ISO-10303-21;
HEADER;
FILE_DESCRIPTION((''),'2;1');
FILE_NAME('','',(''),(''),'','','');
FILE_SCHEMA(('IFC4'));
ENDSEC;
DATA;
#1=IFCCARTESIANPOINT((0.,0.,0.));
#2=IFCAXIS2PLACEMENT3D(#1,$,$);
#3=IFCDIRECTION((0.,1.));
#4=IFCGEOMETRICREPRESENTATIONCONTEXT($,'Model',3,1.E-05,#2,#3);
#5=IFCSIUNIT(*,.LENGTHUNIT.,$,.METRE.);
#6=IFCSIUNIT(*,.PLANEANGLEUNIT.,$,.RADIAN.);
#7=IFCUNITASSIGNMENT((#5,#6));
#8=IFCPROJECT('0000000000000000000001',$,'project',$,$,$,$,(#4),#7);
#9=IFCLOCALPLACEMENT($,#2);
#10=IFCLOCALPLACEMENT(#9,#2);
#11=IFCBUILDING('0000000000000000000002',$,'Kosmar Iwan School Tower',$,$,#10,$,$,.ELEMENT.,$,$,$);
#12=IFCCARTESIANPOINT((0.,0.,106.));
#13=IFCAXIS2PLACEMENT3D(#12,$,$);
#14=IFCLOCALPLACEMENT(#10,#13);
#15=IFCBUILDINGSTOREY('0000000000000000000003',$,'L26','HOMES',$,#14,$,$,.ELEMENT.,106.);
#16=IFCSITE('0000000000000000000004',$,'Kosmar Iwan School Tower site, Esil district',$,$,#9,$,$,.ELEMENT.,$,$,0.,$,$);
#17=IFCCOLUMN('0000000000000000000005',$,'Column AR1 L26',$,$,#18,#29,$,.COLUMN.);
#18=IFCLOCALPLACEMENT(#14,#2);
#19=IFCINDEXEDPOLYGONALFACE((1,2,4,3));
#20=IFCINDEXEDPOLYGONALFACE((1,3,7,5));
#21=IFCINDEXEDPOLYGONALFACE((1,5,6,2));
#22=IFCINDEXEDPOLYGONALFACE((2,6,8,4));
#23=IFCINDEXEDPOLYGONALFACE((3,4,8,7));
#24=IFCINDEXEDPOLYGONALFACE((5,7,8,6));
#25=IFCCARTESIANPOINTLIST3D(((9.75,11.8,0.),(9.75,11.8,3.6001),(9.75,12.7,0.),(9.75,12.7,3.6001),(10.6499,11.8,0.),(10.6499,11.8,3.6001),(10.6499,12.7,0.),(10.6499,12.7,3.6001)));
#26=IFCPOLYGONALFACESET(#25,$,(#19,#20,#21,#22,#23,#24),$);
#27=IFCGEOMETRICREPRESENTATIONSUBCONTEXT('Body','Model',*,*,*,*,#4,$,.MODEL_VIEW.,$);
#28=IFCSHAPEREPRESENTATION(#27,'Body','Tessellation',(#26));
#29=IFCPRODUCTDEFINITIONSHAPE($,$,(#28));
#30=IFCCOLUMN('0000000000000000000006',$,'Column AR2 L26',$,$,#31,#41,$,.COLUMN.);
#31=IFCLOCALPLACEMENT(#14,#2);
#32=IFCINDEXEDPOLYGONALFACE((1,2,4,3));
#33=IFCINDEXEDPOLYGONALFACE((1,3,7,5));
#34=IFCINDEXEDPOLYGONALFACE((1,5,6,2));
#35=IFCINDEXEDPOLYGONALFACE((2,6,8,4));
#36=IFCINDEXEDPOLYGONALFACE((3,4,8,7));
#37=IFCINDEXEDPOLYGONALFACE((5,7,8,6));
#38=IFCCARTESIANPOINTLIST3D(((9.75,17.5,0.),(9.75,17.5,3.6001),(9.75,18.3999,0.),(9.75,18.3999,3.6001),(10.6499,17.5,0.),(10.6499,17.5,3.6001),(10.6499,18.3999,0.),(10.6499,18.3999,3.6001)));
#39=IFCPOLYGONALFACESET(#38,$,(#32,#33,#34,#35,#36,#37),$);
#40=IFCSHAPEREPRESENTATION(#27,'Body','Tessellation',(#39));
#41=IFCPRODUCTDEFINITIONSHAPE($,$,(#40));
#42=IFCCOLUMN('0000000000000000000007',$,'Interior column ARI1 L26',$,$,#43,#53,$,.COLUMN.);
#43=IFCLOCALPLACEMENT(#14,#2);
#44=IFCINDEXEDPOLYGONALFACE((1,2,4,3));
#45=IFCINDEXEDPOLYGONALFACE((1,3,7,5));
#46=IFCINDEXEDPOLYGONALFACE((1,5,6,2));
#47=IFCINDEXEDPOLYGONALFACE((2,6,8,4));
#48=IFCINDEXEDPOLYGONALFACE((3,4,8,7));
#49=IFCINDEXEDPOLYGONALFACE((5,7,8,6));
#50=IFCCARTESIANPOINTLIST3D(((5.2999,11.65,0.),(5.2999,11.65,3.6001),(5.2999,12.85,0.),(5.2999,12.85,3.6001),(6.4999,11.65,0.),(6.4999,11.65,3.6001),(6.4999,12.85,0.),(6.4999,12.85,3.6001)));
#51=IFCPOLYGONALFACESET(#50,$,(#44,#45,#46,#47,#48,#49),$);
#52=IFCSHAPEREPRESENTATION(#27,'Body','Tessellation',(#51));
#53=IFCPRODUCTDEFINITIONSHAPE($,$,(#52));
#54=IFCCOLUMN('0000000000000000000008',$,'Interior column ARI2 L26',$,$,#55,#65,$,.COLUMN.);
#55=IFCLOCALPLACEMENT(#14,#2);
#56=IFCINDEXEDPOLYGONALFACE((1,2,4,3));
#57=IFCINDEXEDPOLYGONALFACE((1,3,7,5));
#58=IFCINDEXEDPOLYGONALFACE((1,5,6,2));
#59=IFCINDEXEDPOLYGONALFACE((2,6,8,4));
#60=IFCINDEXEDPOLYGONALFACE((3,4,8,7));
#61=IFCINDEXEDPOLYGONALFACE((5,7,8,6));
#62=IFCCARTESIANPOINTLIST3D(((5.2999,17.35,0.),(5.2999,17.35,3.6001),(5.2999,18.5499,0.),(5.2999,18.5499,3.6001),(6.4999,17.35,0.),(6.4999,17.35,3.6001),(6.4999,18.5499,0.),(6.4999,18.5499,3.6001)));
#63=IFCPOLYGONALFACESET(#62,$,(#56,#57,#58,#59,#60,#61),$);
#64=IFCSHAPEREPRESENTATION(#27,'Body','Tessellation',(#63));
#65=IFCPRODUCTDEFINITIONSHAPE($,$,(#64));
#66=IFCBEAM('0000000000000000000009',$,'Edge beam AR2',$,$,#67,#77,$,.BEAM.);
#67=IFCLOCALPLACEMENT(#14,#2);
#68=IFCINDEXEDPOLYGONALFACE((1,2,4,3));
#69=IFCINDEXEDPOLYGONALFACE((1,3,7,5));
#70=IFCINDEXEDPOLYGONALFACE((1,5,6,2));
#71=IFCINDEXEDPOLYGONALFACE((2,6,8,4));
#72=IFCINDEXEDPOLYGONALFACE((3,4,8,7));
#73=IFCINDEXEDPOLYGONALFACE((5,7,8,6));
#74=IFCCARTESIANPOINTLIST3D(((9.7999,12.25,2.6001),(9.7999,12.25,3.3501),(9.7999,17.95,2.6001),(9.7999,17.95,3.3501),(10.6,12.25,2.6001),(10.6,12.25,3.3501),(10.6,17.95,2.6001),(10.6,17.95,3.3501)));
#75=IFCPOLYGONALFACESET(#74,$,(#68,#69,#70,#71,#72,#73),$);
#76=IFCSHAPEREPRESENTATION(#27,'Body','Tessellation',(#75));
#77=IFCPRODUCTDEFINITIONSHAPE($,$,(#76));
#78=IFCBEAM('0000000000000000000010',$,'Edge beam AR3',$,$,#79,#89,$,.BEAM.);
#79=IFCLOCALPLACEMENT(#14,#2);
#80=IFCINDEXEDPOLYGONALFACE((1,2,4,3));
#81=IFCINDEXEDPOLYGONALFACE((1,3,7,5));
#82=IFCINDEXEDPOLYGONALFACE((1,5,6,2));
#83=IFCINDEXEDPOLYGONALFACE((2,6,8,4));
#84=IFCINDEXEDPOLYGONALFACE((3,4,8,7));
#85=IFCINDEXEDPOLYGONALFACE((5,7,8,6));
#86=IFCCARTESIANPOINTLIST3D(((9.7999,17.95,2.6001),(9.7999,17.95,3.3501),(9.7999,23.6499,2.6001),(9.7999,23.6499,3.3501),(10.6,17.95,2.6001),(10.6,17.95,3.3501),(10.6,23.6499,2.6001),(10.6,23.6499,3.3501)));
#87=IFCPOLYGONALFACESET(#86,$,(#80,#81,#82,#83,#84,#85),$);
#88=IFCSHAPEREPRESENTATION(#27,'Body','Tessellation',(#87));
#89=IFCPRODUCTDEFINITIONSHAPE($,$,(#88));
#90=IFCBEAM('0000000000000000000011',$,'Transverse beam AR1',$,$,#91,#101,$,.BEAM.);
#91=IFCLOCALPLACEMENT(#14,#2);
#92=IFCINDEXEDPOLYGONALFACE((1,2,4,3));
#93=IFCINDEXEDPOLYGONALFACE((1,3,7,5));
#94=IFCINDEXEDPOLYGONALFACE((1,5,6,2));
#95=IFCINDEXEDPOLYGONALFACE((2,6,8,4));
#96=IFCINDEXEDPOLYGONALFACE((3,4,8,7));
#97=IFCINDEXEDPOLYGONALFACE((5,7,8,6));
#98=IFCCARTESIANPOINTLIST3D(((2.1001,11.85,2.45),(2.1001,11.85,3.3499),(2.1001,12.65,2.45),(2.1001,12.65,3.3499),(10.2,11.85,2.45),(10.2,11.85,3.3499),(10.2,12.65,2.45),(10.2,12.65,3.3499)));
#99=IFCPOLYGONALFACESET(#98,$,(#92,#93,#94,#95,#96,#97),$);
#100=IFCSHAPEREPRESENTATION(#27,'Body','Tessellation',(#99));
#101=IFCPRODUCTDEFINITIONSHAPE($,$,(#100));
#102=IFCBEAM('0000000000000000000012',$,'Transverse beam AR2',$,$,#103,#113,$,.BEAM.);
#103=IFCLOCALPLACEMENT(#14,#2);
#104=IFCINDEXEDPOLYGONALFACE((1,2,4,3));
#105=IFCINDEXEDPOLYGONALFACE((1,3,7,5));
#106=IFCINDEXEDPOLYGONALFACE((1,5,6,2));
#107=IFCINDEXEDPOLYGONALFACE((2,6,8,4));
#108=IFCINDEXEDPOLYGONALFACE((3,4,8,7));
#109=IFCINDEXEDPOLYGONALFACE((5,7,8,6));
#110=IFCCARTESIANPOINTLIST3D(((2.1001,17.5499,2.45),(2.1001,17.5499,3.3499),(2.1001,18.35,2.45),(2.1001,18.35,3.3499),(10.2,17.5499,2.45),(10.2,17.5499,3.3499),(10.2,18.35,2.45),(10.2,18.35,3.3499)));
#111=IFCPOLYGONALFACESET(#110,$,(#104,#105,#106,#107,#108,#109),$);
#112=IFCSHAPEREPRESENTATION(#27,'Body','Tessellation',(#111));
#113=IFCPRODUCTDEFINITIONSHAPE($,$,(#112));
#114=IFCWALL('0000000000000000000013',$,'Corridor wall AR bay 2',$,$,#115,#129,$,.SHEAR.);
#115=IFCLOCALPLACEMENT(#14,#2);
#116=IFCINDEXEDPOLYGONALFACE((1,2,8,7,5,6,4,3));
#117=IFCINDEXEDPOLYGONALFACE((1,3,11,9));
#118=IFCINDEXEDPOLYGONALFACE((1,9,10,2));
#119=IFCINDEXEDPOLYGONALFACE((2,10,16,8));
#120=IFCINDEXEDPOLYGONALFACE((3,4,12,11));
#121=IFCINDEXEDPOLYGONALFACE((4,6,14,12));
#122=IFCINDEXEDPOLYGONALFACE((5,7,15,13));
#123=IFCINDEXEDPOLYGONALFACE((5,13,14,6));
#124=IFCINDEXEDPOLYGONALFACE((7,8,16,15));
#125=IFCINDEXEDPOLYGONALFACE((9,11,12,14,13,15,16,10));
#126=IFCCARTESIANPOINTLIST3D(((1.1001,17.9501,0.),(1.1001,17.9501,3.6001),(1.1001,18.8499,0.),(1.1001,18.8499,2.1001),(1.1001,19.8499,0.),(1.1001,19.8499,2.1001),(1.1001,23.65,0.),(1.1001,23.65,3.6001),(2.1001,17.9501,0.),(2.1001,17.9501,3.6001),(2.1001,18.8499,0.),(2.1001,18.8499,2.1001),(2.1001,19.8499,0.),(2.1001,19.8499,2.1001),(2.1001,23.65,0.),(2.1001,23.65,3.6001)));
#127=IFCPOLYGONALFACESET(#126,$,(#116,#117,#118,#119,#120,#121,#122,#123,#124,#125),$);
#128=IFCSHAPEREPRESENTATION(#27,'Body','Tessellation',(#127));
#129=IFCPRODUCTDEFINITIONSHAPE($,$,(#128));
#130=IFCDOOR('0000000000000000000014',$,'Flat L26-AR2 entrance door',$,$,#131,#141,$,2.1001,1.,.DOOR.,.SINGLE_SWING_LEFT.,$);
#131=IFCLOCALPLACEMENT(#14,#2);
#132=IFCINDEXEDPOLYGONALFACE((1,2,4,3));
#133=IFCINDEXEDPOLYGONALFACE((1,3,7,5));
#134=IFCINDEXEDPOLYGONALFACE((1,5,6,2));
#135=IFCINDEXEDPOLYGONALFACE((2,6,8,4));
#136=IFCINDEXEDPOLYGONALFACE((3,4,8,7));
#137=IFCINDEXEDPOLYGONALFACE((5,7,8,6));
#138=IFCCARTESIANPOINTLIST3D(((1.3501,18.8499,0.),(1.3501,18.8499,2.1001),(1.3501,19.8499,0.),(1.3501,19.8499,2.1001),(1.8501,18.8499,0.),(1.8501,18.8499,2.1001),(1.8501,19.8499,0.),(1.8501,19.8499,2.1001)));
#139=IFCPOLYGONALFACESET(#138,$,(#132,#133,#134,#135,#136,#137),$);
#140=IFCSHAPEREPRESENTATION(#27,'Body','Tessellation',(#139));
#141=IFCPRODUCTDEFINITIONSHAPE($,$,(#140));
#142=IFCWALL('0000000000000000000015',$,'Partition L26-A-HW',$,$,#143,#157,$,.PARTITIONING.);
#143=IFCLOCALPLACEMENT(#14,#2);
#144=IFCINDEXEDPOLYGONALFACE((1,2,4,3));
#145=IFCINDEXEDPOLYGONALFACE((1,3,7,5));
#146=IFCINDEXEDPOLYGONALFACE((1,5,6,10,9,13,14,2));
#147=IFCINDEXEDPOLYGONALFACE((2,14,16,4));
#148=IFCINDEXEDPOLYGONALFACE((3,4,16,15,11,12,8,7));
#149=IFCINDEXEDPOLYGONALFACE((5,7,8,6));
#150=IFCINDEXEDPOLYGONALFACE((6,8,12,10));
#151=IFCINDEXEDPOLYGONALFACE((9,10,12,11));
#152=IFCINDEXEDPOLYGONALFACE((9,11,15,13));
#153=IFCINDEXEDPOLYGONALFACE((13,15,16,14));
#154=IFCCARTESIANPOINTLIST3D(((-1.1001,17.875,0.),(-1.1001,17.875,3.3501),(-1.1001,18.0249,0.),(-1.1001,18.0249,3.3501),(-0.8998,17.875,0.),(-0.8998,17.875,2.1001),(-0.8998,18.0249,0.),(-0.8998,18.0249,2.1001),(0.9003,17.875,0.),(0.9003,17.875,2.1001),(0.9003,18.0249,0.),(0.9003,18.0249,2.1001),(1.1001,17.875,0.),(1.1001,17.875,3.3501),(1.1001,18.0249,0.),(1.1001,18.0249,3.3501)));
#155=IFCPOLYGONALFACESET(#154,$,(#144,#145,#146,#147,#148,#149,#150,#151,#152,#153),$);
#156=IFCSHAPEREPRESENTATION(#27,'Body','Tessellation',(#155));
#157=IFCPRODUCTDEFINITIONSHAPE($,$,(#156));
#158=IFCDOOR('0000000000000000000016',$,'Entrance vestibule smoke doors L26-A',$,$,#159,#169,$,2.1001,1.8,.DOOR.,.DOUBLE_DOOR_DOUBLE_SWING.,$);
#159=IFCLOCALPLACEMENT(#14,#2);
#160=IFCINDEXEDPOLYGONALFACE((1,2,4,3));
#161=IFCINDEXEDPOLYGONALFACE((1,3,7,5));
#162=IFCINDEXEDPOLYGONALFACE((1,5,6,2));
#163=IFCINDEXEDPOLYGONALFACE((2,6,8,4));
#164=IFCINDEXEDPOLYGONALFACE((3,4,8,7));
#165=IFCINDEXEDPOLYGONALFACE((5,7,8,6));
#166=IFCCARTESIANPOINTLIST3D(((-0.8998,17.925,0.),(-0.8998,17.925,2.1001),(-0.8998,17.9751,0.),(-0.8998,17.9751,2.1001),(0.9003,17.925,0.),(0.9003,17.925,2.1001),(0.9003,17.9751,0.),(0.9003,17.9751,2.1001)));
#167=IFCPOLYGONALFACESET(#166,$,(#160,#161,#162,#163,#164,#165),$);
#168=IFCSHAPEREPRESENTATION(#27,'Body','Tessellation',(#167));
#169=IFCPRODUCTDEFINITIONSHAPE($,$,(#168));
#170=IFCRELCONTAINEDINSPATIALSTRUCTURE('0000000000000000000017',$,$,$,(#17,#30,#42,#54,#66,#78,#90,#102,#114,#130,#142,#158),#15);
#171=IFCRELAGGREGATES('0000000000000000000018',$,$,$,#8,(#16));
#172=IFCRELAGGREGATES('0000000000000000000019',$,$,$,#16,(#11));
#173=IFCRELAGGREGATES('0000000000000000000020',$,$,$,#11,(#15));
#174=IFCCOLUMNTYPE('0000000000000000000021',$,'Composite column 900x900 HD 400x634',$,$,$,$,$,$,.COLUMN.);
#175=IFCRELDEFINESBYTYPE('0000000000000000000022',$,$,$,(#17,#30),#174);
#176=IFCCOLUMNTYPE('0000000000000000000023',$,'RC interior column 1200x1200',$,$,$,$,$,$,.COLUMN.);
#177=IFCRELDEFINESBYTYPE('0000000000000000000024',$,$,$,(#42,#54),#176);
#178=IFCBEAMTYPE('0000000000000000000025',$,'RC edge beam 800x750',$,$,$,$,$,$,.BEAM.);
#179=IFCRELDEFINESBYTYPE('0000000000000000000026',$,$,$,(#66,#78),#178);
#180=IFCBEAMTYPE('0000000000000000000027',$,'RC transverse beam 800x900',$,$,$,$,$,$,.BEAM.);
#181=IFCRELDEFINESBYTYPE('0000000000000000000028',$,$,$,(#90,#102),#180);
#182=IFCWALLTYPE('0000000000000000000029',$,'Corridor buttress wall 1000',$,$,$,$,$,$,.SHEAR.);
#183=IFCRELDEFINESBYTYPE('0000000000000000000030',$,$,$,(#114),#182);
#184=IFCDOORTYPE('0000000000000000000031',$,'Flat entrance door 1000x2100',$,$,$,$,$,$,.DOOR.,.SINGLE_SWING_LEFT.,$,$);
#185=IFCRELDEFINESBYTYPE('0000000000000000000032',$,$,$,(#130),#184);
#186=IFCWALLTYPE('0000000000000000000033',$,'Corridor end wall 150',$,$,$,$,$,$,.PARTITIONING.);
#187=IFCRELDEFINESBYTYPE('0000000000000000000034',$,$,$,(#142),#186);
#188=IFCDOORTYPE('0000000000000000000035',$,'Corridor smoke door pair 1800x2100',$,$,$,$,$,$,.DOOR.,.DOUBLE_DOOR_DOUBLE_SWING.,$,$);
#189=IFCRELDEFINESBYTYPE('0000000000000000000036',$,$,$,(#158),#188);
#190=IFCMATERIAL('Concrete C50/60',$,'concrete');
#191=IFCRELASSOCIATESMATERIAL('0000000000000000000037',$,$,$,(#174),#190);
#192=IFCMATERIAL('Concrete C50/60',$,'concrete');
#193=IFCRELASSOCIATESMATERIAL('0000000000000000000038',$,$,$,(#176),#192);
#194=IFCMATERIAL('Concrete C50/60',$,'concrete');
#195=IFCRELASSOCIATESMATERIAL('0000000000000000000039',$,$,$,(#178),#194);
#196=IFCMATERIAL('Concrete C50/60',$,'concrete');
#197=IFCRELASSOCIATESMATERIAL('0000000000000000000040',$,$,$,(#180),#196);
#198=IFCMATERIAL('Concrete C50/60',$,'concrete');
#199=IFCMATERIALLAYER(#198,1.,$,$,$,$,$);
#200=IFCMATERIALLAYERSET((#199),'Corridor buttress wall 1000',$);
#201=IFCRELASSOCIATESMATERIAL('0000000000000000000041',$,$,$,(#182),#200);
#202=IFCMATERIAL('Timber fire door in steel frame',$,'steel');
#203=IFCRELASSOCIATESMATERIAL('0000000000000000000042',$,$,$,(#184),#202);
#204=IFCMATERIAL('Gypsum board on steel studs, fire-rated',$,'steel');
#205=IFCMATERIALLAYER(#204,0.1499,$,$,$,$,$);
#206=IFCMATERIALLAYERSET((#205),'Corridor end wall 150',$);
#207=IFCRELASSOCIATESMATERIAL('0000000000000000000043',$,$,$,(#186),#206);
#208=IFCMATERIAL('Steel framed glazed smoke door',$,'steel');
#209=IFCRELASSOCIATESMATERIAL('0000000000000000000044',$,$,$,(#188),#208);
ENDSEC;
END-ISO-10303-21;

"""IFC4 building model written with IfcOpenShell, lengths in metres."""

from ifc_helpers import new_model, si_unit, direction, frame, frame_2d, origin, origin_2d, place, context, subcontext, project, spatial, rectangle, extrude, material, layer, layer_set, material_profile, profile_set, type_object, element, fill, save


model = new_model("IFC4")

# Units and contexts
model_context = context("Model", 3, precision=1e-05, world=origin(), true_north=direction((0.0, 1.0)))
body_context = subcontext(model_context, "Body", "Model", "MODEL_VIEW")
ifc_project = project(units=[si_unit("LENGTHUNIT", "METRE"), si_unit("PLANEANGLEUNIT", "RADIAN")], contexts=[model_context])

# Site, building, storey
site_placement = place(None, origin())
site = spatial("IfcSite", under=ifc_project, at=site_placement, Name="Kosmar Iwan School Tower site, Esil district", CompositionType="ELEMENT", RefElevation=0.0)
building_placement = place(site_placement, origin())
building = spatial("IfcBuilding", under=site, at=building_placement, Name="Kosmar Iwan School Tower", CompositionType="ELEMENT")
storey_placement = place(building_placement, frame((0.0, 0.0, 106.0)))
storey = spatial("IfcBuildingStorey", under=building, at=storey_placement, Name="L26", Description="HOMES", CompositionType="ELEMENT", Elevation=106.0)

# Columns
ifc_material_1 = material(Name="Concrete C50/60", Category="concrete")
ifc_material_profile_1 = material_profile(ifc_material_1, rectangle(XDim=0.8999, YDim=0.8999, at=origin_2d()), Name="RC 900x900 + HD 400x634")
ifc_profile_set_1 = profile_set([ifc_material_profile_1], Name="Concrete C50/60")
column_type_1 = type_object("IfcColumnType", Name="Composite column 900x900 HD 400x634", PredefinedType="COLUMN", material=ifc_profile_set_1)
for number, where, z_axis, x_axis, name in (
    (1, (10.2, 12.25, 0.0), (0.0, 0.0, 1.0), (0.0, 1.0, 0.0), "Column AR1 L26"),
    (2, (10.2, 17.95, 0.0), (0.0, 0.0, 1.0), (0.0, 1.0, 0.0), "Column AR2 L26"),
):
    element("IfcColumn", number, at=place(storey_placement, frame(where, z_axis=z_axis, x_axis=x_axis)), inside=storey, type_object=column_type_1, Name=name, PredefinedType="COLUMN", context=body_context, shape_type="SweptSolid", body=[
        extrude(rectangle(XDim=0.8999, YDim=0.8999, at=origin_2d()), origin(), (0.0, 0.0, 1.0), 3.6001),
    ])
ifc_material_2 = material(Name="Concrete C50/60", Category="concrete")
ifc_material_profile_2 = material_profile(ifc_material_2, rectangle(XDim=1.2, YDim=1.2, at=origin_2d()), Name="RC 1200x1200")
ifc_profile_set_2 = profile_set([ifc_material_profile_2], Name="Concrete C50/60")
column_type_2 = type_object("IfcColumnType", Name="RC interior column 1200x1200", PredefinedType="COLUMN", material=ifc_profile_set_2)
for number, where, z_axis, x_axis, name in (
    (3, (5.8999, 12.25, 0.0), (0.0, 0.0, 1.0), (0.0, 1.0, 0.0), "Interior column ARI1 L26"),
    (4, (5.8999, 17.95, 0.0), (0.0, 0.0, 1.0), (0.0, 1.0, 0.0), "Interior column ARI2 L26"),
):
    element("IfcColumn", number, at=place(storey_placement, frame(where, z_axis=z_axis, x_axis=x_axis)), inside=storey, type_object=column_type_2, Name=name, PredefinedType="COLUMN", context=body_context, shape_type="SweptSolid", body=[
        extrude(rectangle(XDim=1.2, YDim=1.2, at=origin_2d()), origin(), (0.0, 0.0, 1.0), 3.6001),
    ])

# Beams
ifc_material_3 = material(Name="Concrete C50/60", Category="concrete")
ifc_material_profile_3 = material_profile(ifc_material_3, rectangle(XDim=0.8, YDim=0.75, at=origin_2d()), Name="RC 800x750")
ifc_profile_set_3 = profile_set([ifc_material_profile_3], Name="Concrete C50/60")
beam_type_1 = type_object("IfcBeamType", Name="RC edge beam 800x750", PredefinedType="BEAM", material=ifc_profile_set_3)
for number, where, z_axis, x_axis, name in (
    (5, (10.2, 12.25, 2.9751), (0.0, 1.0, 0.0), (-1.0, 0.0, 0.0), "Edge beam AR2"),
    (6, (10.2, 17.95, 2.9751), (0.0, 1.0, 0.0), (-1.0, 0.0, 0.0), "Edge beam AR3"),
):
    element("IfcBeam", number, at=place(storey_placement, frame(where, z_axis=z_axis, x_axis=x_axis)), inside=storey, type_object=beam_type_1, Name=name, PredefinedType="BEAM", context=body_context, shape_type="SweptSolid", body=[
        extrude(rectangle(XDim=0.8, YDim=0.75, at=origin_2d()), origin(), (0.0, 0.0, 1.0), 5.7),
    ])
ifc_material_4 = material(Name="Concrete C50/60", Category="concrete")
ifc_material_profile_4 = material_profile(ifc_material_4, rectangle(XDim=0.8, YDim=0.8999, at=origin_2d()), Name="RC 800x900")
ifc_profile_set_4 = profile_set([ifc_material_profile_4], Name="Concrete C50/60")
beam_type_2 = type_object("IfcBeamType", Name="RC transverse beam 800x900", PredefinedType="BEAM", material=ifc_profile_set_4)
for number, where, z_axis, x_axis, name in (
    (7, (10.2, 12.25, 2.8999), (-1.0, 0.0, 0.0), (0.0, -1.0, 0.0), "Transverse beam AR1"),
    (8, (10.2, 17.95, 2.8999), (-1.0, 0.0, 0.0), (0.0, -1.0, 0.0), "Transverse beam AR2"),
):
    element("IfcBeam", number, at=place(storey_placement, frame(where, z_axis=z_axis, x_axis=x_axis)), inside=storey, type_object=beam_type_2, Name=name, PredefinedType="BEAM", context=body_context, shape_type="SweptSolid", body=[
        extrude(rectangle(XDim=0.8, YDim=0.8999, at=origin_2d()), origin(), (0.0, 0.0, 1.0), 8.0999),
    ])

# Walls, openings, doors
ifc_material_5 = material(Name="Concrete C50/60", Category="concrete")
ifc_layer_1 = layer(ifc_material_5, 1.0)
ifc_layer_set_1 = layer_set([ifc_layer_1], Name="Corridor buttress wall 1000")
wall_type_1 = type_object("IfcWallType", Name="Corridor buttress wall 1000", PredefinedType="SHEAR", material=ifc_layer_set_1)
wall_1_placement = place(storey_placement, frame((1.6001, 17.95, 0.0), z_axis=(0.0, 0.0, 1.0), x_axis=(0.0, 1.0, 0.0)))
wall_1 = element("IfcWall", 9, at=wall_1_placement, inside=storey, type_object=wall_type_1, Name="Corridor wall AR bay 2", PredefinedType="SHEAR", context=body_context, shape_type="SweptSolid", body=[
    extrude(rectangle(XDim=5.7, YDim=1.0, at=frame_2d((2.8501, 0.0))), origin(), (0.0, 0.0, 1.0), 3.6001),
])
opening_1_placement = place(wall_1_placement, frame((0.8999, 0.0, 0.0)))
opening_1 = element("IfcOpeningElement", 10, at=opening_1_placement, cuts=wall_1, PredefinedType="OPENING", context=body_context, shape_type="SweptSolid", body=[
    extrude(rectangle(XDim=1.0, YDim=2.1001, at=frame_2d((0.5, 1.05))), frame((0.0, 0.512, 0.0), z_axis=(0.0, -1.0, 0.0), x_axis=(1.0, 0.0, 0.0)), (0.0, 0.0, 1.0), 1.0239),
])
ifc_material_6 = material(Name="Timber fire door in steel frame", Category="steel")
door_type_1 = type_object("IfcDoorType", Name="Flat entrance door 1000x2100", OperationType="SINGLE_SWING_LEFT", PredefinedType="DOOR", material=ifc_material_6)
door_1_placement = place(opening_1_placement, origin())
door_1 = element("IfcDoor", 11, at=door_1_placement, inside=storey, type_object=door_type_1, Name="Flat L26-AR2 entrance door", OperationType="SINGLE_SWING_LEFT", OverallHeight=2.1001, OverallWidth=1.0, PredefinedType="DOOR", context=body_context, shape_type="SweptSolid", body=[
    extrude(rectangle(XDim=1.0, YDim=2.1001, at=frame_2d((0.5, 1.05))), frame((0.0, 0.25, 0.0), z_axis=(0.0, -1.0, 0.0), x_axis=(1.0, 0.0, 0.0)), (0.0, 0.0, 1.0), 0.5),
])
fill(opening_1, door_1)
ifc_material_7 = material(Name="Gypsum board on steel studs, fire-rated", Category="steel")
ifc_layer_2 = layer(ifc_material_7, 0.1499)
ifc_layer_set_2 = layer_set([ifc_layer_2], Name="Corridor end wall 150")
wall_type_2 = type_object("IfcWallType", Name="Corridor end wall 150", PredefinedType="PARTITIONING", material=ifc_layer_set_2)
wall_2_placement = place(storey_placement, frame((1.1001, 17.95, 0.0), z_axis=(0.0, 0.0, 1.0), x_axis=(-1.0, 0.0, 0.0)))
wall_2 = element("IfcWall", 12, at=wall_2_placement, inside=storey, type_object=wall_type_2, Name="Partition L26-A-HW", PredefinedType="PARTITIONING", context=body_context, shape_type="SweptSolid", body=[
    extrude(rectangle(XDim=2.2002, YDim=0.1499, at=frame_2d((1.1001, 0.0))), origin(), (0.0, 0.0, 1.0), 3.3501),
])
opening_2_placement = place(wall_2_placement, frame((0.2, 0.0, 0.0)))
opening_2 = element("IfcOpeningElement", 13, at=opening_2_placement, cuts=wall_2, PredefinedType="OPENING", context=body_context, shape_type="SweptSolid", body=[
    extrude(rectangle(XDim=1.8, YDim=2.1001, at=frame_2d((0.8999, 1.05))), frame((0.0, 0.0869, 0.0), z_axis=(0.0, -1.0, 0.0), x_axis=(1.0, 0.0, 0.0)), (0.0, 0.0, 1.0), 0.1738),
])
ifc_material_8 = material(Name="Steel framed glazed smoke door", Category="steel")
door_type_2 = type_object("IfcDoorType", Name="Corridor smoke door pair 1800x2100", OperationType="DOUBLE_DOOR_DOUBLE_SWING", PredefinedType="DOOR", material=ifc_material_8)
door_2_placement = place(opening_2_placement, origin())
door_2 = element("IfcDoor", 14, at=door_2_placement, inside=storey, type_object=door_type_2, Name="Entrance vestibule smoke doors L26-A", OperationType="DOUBLE_DOOR_DOUBLE_SWING", OverallHeight=2.1001, OverallWidth=1.8, PredefinedType="DOOR", context=body_context, shape_type="SweptSolid", body=[
    extrude(rectangle(XDim=1.8, YDim=2.1001, at=frame_2d((0.8999, 1.05))), frame((0.0, 0.0249, 0.0), z_axis=(0.0, -1.0, 0.0), x_axis=(1.0, 0.0, 0.0)), (0.0, 0.0, 1.0), 0.05),
])
fill(opening_2, door_2)

save(model, "model.ifc")
